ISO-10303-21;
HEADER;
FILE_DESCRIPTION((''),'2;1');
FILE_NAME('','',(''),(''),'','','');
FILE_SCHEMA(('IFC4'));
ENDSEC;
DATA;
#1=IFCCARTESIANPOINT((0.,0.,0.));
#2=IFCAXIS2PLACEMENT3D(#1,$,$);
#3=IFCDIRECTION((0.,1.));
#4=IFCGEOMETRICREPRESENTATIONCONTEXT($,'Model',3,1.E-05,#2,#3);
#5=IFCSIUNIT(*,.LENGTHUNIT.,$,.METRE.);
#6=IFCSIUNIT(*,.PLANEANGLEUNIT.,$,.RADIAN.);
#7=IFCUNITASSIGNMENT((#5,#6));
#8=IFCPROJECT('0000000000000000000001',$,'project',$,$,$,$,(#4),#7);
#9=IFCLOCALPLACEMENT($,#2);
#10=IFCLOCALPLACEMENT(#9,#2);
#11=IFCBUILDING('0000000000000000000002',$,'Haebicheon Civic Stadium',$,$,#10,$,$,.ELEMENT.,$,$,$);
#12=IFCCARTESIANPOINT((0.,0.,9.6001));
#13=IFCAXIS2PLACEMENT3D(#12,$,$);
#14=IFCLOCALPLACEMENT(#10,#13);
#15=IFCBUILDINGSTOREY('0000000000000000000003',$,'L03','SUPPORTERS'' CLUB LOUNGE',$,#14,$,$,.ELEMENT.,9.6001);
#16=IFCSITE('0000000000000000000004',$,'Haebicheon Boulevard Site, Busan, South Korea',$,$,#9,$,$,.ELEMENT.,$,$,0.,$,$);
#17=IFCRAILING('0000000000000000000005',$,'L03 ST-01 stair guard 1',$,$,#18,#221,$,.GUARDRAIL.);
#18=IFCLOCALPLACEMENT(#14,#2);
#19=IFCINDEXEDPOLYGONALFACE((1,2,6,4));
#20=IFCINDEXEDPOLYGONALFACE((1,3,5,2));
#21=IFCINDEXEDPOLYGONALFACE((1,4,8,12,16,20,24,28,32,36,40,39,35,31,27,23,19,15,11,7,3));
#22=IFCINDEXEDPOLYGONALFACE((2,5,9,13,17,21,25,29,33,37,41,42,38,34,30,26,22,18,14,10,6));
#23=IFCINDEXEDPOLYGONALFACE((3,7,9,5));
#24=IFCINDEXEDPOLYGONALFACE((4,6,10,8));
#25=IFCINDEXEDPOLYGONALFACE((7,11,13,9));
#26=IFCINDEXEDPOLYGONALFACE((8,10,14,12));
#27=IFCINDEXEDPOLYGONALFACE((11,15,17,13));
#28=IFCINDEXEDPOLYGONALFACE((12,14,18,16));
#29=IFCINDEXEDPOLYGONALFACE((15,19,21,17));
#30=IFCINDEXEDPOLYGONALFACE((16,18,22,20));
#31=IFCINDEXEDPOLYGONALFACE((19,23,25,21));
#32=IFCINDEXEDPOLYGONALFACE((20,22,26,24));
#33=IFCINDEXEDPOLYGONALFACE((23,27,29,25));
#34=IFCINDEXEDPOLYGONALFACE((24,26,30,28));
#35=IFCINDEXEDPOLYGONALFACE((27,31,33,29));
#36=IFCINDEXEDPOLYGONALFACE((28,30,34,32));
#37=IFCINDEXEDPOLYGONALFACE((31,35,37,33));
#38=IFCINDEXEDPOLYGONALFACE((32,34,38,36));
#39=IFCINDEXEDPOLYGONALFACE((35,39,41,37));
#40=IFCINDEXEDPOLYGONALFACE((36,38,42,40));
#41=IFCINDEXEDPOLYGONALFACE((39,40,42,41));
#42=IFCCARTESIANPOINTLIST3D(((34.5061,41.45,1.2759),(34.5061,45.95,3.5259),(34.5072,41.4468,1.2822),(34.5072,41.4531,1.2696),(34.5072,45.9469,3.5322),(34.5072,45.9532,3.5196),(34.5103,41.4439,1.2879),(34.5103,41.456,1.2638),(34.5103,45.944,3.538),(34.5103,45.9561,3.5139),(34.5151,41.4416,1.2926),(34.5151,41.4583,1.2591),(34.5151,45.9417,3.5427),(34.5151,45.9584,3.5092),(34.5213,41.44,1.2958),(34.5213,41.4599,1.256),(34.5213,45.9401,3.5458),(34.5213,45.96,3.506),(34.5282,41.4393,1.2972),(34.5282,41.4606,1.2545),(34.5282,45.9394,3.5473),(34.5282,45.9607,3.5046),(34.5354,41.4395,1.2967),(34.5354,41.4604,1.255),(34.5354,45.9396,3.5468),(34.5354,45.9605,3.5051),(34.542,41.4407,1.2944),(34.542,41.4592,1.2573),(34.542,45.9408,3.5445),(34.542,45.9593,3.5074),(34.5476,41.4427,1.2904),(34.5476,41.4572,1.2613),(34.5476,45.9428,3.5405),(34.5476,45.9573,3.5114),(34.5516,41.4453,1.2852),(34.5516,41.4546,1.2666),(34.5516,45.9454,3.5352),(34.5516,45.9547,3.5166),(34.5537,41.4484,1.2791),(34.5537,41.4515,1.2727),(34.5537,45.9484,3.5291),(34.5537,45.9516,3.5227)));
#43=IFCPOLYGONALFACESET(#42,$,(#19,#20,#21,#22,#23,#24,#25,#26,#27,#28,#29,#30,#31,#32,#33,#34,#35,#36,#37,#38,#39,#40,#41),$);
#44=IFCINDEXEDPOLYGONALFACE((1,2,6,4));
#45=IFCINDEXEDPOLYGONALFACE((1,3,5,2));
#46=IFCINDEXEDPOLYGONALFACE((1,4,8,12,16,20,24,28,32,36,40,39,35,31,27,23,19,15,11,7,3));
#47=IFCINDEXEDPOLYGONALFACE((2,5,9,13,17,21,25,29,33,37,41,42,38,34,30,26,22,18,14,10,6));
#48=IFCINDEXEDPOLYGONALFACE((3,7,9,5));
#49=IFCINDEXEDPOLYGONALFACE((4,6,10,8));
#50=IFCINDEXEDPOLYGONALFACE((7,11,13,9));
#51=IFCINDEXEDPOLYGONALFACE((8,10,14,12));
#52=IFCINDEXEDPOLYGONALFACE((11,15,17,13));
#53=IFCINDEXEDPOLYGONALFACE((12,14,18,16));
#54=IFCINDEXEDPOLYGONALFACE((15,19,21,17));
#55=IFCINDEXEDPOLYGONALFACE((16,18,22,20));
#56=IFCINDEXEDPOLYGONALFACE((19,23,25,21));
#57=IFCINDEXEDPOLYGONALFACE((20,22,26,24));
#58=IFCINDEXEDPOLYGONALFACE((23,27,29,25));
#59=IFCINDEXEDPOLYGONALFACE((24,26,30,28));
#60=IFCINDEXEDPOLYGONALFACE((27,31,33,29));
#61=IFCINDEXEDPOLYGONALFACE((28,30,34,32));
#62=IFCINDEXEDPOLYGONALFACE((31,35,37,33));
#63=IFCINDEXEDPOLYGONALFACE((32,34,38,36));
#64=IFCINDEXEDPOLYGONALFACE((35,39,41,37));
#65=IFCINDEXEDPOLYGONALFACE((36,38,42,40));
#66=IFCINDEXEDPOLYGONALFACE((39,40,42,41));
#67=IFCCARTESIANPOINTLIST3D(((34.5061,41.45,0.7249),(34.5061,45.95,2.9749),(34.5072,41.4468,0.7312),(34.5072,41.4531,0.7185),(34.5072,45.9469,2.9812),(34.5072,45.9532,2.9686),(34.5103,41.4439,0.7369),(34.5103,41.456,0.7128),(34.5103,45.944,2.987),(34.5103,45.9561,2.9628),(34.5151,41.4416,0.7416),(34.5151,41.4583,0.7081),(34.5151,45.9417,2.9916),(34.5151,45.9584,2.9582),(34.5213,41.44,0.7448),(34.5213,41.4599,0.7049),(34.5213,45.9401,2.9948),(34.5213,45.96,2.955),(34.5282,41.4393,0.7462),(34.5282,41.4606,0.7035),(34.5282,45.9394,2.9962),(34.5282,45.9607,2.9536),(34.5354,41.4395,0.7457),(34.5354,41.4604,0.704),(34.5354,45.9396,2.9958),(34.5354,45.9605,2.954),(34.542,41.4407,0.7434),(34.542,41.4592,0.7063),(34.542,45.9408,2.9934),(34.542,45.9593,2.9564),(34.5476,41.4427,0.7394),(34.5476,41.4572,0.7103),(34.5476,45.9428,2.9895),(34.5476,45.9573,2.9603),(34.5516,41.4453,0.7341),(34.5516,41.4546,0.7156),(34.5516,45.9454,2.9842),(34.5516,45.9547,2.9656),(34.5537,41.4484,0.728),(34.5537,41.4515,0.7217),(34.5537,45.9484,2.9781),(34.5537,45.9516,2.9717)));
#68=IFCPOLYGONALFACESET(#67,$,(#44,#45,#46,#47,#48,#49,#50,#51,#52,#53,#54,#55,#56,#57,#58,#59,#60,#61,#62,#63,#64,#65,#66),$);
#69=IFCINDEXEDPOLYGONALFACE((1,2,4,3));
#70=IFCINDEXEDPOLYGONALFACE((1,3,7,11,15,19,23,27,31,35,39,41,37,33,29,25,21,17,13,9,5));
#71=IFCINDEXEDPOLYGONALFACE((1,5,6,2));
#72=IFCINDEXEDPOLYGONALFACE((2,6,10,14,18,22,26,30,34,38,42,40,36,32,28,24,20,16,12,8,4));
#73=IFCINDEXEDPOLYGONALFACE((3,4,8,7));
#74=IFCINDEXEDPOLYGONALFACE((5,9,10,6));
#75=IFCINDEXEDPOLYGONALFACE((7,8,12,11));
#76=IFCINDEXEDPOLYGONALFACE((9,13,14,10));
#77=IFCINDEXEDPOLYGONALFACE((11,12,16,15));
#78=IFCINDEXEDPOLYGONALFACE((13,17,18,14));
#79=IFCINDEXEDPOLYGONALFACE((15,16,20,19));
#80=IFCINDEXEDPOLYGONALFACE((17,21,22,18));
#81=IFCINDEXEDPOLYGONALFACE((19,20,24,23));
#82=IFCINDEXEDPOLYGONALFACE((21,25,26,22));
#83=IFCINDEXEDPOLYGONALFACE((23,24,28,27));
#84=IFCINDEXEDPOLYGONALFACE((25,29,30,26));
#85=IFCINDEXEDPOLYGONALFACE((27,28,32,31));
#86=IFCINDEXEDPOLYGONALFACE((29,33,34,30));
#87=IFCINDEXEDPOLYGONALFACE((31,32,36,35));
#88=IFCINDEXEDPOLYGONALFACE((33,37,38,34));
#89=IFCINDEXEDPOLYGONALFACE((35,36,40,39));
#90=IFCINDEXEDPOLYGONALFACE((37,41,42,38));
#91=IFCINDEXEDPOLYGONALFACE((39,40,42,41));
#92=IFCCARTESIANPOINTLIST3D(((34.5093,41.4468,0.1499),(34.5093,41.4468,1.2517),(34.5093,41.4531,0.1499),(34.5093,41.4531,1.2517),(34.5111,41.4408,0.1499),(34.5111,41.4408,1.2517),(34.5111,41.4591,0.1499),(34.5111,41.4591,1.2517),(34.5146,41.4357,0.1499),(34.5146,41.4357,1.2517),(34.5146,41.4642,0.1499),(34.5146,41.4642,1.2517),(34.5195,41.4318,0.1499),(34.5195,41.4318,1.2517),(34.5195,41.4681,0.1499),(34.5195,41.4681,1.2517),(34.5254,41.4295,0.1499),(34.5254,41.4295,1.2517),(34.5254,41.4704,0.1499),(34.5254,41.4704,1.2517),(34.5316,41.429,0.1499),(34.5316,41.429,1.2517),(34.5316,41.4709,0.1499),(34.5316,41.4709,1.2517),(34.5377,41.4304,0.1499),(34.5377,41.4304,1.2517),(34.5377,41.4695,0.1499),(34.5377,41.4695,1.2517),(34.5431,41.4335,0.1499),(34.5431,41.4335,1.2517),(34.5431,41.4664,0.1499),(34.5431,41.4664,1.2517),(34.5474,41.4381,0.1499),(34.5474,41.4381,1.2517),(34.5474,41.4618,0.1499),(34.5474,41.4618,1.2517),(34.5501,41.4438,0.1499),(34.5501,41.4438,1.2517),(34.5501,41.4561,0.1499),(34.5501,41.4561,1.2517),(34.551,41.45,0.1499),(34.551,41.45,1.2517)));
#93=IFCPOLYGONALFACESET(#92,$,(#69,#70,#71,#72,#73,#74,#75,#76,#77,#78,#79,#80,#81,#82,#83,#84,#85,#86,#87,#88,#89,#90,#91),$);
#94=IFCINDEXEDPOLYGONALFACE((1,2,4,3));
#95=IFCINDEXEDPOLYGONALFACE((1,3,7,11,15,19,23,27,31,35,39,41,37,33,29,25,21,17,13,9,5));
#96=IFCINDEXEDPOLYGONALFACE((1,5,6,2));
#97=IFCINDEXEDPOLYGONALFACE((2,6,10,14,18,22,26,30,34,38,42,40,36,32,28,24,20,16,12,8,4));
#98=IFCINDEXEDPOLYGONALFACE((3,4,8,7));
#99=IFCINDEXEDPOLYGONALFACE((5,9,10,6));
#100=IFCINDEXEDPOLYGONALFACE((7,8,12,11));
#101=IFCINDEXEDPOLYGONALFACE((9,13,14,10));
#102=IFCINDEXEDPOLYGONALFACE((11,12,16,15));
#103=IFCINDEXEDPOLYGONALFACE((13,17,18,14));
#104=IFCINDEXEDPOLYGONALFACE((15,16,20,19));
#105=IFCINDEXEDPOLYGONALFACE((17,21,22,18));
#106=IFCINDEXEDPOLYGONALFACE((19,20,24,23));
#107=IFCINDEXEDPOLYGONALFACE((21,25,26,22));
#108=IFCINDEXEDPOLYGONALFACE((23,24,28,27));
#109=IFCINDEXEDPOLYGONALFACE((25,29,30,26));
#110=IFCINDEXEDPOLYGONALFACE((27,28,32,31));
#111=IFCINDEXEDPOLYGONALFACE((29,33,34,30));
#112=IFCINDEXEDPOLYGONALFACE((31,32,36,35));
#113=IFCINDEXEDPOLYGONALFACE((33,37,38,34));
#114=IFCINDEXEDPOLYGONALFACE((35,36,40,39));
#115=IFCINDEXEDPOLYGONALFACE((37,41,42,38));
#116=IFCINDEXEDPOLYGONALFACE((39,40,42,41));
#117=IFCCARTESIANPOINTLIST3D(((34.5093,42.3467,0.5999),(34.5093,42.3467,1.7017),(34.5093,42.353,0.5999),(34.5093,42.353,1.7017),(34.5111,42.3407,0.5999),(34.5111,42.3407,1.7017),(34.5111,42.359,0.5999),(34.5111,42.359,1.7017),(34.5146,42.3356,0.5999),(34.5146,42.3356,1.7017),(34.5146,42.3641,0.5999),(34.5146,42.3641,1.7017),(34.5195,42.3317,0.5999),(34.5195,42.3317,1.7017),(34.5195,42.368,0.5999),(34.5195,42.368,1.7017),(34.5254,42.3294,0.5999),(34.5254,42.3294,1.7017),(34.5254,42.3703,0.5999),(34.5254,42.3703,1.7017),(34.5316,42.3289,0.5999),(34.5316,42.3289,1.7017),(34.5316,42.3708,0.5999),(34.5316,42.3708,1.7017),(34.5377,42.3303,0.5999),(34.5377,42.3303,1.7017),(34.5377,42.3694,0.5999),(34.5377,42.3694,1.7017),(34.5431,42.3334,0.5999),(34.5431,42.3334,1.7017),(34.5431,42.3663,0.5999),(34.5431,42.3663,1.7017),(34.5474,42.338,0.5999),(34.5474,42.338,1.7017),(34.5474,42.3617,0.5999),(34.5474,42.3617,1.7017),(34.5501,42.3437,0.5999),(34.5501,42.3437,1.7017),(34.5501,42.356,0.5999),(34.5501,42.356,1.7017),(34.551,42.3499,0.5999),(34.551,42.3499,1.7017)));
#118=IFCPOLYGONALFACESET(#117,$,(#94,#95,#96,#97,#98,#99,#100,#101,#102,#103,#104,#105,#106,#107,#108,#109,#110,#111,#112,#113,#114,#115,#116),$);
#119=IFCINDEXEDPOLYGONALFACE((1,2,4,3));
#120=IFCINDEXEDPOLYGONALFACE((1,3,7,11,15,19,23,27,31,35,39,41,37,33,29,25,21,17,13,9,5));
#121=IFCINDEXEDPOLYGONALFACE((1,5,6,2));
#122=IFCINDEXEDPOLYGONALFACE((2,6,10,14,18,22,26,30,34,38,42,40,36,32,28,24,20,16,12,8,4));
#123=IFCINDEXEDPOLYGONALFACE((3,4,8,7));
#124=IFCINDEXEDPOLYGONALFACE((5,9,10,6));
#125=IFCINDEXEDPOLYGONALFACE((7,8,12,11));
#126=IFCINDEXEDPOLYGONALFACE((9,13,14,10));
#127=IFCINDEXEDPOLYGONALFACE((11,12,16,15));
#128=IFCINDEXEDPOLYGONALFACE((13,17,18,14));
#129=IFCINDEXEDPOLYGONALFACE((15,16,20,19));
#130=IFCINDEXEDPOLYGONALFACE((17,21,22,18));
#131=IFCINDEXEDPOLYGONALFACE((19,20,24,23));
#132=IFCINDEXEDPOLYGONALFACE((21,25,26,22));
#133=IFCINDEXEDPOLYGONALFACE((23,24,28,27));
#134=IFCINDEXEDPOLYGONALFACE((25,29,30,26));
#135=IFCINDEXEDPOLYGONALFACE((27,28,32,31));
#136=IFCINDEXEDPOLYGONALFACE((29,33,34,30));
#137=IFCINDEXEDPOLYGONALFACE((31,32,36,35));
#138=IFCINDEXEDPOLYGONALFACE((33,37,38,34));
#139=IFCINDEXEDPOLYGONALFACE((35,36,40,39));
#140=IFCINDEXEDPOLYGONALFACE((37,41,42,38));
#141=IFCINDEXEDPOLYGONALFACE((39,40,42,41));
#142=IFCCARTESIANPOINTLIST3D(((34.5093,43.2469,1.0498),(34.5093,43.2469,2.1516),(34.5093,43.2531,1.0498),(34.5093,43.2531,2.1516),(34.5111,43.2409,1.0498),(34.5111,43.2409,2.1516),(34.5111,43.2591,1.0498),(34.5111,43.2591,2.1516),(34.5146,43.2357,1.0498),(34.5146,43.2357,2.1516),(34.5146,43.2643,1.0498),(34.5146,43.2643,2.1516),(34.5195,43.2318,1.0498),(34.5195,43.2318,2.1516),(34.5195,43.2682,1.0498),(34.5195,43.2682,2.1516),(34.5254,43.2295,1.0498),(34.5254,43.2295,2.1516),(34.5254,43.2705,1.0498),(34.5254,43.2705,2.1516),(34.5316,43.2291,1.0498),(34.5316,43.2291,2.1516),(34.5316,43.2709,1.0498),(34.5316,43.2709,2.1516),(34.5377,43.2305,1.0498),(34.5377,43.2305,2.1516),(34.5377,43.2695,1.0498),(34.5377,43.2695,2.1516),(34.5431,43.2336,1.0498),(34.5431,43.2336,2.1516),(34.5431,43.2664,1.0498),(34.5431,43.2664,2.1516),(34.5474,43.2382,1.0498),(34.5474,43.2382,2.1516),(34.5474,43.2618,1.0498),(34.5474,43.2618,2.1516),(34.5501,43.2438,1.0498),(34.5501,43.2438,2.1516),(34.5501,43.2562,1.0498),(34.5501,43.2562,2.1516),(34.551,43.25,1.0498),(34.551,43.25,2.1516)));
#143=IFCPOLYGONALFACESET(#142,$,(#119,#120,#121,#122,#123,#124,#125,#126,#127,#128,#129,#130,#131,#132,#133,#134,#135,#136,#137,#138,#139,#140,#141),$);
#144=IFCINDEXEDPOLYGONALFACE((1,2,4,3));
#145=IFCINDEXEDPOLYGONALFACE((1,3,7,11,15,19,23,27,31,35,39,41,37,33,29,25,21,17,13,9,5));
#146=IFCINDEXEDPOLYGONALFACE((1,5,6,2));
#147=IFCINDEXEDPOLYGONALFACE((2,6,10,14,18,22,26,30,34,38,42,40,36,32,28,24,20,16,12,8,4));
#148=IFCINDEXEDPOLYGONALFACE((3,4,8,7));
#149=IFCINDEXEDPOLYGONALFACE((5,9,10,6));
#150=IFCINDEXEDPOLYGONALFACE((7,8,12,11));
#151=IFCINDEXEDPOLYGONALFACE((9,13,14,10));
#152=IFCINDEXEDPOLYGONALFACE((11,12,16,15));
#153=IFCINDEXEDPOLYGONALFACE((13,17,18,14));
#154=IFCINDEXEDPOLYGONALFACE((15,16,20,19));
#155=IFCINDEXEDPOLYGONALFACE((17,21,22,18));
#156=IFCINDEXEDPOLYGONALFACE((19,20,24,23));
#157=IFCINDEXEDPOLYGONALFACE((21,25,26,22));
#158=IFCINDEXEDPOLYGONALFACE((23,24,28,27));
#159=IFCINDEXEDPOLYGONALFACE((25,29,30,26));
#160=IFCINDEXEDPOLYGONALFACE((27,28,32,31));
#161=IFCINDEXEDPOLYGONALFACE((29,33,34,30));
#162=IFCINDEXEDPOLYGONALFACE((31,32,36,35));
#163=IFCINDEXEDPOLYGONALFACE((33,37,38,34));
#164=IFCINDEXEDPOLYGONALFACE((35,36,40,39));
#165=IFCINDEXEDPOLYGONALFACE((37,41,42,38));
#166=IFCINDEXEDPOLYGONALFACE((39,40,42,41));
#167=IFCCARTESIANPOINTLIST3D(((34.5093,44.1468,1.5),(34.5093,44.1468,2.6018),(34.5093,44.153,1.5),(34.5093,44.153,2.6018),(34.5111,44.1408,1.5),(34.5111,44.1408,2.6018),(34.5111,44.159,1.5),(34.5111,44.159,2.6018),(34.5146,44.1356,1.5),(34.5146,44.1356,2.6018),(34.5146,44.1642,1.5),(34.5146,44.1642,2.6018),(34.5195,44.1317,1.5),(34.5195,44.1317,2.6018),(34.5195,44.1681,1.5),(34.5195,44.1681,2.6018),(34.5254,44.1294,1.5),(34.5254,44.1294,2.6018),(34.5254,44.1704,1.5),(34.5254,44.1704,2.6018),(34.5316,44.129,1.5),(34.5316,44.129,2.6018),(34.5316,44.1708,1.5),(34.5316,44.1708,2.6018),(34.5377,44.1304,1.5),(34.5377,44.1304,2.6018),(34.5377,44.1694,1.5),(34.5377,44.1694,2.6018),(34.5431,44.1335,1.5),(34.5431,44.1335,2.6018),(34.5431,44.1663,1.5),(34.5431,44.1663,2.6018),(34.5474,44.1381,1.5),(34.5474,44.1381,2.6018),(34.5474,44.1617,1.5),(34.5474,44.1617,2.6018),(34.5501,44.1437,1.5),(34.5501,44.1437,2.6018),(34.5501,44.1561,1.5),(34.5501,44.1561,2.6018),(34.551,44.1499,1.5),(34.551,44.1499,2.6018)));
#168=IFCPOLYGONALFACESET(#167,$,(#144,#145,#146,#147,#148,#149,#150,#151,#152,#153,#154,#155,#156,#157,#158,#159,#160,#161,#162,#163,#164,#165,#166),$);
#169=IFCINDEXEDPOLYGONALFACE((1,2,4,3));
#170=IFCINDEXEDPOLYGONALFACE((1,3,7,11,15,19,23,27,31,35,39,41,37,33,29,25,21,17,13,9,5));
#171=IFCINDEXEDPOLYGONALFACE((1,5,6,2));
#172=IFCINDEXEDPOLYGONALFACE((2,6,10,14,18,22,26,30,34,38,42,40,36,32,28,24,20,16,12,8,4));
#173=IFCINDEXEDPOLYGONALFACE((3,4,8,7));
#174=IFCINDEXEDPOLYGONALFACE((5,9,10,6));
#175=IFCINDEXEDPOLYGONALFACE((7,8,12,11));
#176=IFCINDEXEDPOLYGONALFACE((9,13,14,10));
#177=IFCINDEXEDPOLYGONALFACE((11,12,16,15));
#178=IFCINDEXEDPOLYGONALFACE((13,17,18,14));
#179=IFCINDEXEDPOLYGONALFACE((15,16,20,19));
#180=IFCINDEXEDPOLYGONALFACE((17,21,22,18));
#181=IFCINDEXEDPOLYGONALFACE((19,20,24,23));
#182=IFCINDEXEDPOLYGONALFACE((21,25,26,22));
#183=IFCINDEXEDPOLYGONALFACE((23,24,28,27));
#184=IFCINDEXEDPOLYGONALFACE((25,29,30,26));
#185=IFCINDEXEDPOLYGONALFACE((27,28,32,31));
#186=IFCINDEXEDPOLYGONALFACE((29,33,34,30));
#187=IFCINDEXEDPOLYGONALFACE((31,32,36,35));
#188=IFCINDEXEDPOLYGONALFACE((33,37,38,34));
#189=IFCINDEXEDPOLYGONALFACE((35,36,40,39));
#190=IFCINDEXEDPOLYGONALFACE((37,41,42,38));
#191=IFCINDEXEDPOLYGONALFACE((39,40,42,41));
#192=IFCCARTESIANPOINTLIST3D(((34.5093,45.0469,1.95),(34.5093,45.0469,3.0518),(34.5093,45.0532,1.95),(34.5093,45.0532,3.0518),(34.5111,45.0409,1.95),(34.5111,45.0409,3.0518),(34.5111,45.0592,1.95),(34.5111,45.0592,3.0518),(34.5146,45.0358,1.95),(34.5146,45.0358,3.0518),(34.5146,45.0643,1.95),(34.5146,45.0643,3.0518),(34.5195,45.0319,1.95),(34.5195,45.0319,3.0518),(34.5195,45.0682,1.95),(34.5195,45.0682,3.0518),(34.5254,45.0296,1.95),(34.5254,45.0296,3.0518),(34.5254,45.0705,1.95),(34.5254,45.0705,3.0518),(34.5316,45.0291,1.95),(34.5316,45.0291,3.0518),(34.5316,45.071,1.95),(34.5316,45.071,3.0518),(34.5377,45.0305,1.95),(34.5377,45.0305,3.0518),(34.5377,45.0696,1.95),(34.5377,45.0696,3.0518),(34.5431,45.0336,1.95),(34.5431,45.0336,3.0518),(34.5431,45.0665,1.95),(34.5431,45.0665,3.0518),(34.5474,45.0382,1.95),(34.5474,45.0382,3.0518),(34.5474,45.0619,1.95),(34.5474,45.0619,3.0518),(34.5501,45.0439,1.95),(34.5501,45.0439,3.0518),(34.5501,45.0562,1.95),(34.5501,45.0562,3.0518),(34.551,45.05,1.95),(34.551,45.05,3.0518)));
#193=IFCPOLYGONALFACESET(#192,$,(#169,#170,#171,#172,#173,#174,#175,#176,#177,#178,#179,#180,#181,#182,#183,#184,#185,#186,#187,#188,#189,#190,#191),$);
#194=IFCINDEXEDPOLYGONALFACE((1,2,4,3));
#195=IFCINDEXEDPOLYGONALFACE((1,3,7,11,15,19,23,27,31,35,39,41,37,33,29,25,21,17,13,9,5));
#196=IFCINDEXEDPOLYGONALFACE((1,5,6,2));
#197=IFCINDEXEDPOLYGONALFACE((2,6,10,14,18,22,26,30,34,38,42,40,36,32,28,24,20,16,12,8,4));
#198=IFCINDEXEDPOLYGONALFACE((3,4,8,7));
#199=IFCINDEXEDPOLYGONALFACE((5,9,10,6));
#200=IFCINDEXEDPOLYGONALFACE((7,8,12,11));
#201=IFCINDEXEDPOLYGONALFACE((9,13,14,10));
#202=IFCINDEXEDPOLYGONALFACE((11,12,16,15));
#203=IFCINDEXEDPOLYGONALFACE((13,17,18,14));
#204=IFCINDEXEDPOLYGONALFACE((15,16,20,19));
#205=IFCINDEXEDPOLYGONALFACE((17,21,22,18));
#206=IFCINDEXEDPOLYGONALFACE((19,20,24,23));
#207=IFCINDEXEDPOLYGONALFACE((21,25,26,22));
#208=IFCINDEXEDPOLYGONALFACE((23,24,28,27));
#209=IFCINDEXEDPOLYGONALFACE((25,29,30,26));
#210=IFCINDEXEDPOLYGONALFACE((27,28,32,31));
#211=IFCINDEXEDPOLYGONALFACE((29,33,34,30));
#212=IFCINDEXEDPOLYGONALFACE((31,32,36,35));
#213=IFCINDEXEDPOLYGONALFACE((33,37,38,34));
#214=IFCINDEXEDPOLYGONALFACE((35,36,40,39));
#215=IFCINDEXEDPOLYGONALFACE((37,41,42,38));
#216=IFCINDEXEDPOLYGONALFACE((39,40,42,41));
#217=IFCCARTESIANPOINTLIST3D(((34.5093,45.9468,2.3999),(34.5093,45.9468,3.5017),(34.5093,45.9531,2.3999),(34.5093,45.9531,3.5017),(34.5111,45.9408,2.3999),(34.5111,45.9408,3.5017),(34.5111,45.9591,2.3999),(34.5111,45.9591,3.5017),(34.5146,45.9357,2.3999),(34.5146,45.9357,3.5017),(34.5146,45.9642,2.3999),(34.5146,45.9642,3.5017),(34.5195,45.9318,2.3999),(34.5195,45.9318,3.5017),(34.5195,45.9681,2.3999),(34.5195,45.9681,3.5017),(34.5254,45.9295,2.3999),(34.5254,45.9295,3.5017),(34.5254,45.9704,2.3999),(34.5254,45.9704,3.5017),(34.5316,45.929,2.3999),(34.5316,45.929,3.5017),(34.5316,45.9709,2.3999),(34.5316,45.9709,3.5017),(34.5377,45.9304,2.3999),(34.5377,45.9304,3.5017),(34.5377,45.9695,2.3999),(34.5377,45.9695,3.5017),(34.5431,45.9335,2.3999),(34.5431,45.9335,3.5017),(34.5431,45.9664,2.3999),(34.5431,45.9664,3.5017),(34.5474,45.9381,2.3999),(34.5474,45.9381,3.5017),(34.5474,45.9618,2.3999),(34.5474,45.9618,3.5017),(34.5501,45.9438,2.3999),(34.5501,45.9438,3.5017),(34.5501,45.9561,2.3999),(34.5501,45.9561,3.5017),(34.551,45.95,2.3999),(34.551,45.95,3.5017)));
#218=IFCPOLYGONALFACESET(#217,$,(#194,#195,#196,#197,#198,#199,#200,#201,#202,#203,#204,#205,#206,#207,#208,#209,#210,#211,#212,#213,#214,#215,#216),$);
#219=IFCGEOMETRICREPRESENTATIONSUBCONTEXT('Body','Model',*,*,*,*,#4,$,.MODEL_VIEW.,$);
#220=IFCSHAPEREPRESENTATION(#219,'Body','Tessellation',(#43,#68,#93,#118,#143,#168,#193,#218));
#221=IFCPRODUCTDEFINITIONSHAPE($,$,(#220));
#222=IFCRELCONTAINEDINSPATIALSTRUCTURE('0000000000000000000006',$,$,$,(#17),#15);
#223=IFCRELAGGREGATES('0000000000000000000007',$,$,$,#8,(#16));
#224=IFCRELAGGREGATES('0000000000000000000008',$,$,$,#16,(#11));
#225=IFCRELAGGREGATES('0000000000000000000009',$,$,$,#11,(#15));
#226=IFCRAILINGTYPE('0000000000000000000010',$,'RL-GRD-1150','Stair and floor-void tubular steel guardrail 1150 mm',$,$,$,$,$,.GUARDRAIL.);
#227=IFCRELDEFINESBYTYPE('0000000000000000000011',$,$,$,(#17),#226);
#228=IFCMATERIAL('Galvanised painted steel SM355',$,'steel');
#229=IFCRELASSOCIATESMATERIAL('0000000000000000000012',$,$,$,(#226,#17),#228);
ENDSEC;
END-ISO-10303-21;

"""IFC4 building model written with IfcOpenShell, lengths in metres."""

from ifc_helpers import new_model, si_unit, direction, frame, origin, origin_2d, place, context, subcontext, project, spatial, circle, extrude, material, type_object, element, save


model = new_model("IFC4")

# Units and contexts
model_context = context("Model", 3, precision=1e-05, world=origin(), true_north=direction((0.0, 1.0)))
body_context = subcontext(model_context, "Body", "Model", "MODEL_VIEW")
ifc_project = project(units=[si_unit("LENGTHUNIT", "METRE"), si_unit("PLANEANGLEUNIT", "RADIAN")], contexts=[model_context])

# Site, building, storey
site_placement = place(None, origin())
site = spatial("IfcSite", under=ifc_project, at=site_placement, Name="Haebicheon Boulevard Site, Busan, South Korea", CompositionType="ELEMENT", RefElevation=0.0)
building_placement = place(site_placement, origin())
building = spatial("IfcBuilding", under=site, at=building_placement, Name="Haebicheon Civic Stadium", CompositionType="ELEMENT")
storey_placement = place(building_placement, frame((0.0, 0.0, 9.6001)))
storey = spatial("IfcBuildingStorey", under=building, at=storey_placement, Name="L03", Description="SUPPORTERS' CLUB LOUNGE", CompositionType="ELEMENT", Elevation=9.6001)

# Railing
ifc_material_1 = material(Name="Galvanised painted steel SM355", Category="steel")
railing_type_1 = type_object("IfcRailingType", Name="RL-GRD-1150", Description="Stair and floor-void tubular steel guardrail 1150 mm", PredefinedType="GUARDRAIL", material=ifc_material_1)
railing_1_placement = place(storey_placement, frame((34.53, 41.45, 0.1499)))
element("IfcRailing", 1, at=railing_1_placement, inside=storey, type_object=railing_type_1, material=ifc_material_1, Name="L03 ST-01 stair guard 1", PredefinedType="GUARDRAIL", context=body_context, shape_type="SweptSolid", body=[
    extrude(circle(Radius=0.0239, at=origin_2d()), frame((0.0, 0.0, 1.126), z_axis=(0.0, 0.894427, 0.447214), x_axis=(-1.0, 0.0, 0.0)), (0.0, 0.0, 1.0), 5.0312),
    extrude(circle(Radius=0.0239, at=origin_2d()), frame((0.0, 0.0, 0.575), z_axis=(0.0, 0.894427, 0.447214), x_axis=(-1.0, 0.0, 0.0)), (0.0, 0.0, 1.0), 5.0312),
    extrude(circle(Radius=0.021, at=origin_2d()), origin(), (0.0, 0.0, 1.0), 1.1018),
    extrude(circle(Radius=0.021, at=origin_2d()), frame((0.0, 0.8999, 0.45)), (0.0, 0.0, 1.0), 1.1018),
    extrude(circle(Radius=0.021, at=origin_2d()), frame((0.0, 1.8, 0.8999)), (0.0, 0.0, 1.0), 1.1018),
    extrude(circle(Radius=0.021, at=origin_2d()), frame((0.0, 2.7, 1.3501)), (0.0, 0.0, 1.0), 1.1018),
    extrude(circle(Radius=0.021, at=origin_2d()), frame((0.0, 3.6001, 1.8)), (0.0, 0.0, 1.0), 1.1018),
    extrude(circle(Radius=0.021, at=origin_2d()), frame((0.0, 4.5, 2.25)), (0.0, 0.0, 1.0), 1.1018),
])

save(model, "model.ifc")
